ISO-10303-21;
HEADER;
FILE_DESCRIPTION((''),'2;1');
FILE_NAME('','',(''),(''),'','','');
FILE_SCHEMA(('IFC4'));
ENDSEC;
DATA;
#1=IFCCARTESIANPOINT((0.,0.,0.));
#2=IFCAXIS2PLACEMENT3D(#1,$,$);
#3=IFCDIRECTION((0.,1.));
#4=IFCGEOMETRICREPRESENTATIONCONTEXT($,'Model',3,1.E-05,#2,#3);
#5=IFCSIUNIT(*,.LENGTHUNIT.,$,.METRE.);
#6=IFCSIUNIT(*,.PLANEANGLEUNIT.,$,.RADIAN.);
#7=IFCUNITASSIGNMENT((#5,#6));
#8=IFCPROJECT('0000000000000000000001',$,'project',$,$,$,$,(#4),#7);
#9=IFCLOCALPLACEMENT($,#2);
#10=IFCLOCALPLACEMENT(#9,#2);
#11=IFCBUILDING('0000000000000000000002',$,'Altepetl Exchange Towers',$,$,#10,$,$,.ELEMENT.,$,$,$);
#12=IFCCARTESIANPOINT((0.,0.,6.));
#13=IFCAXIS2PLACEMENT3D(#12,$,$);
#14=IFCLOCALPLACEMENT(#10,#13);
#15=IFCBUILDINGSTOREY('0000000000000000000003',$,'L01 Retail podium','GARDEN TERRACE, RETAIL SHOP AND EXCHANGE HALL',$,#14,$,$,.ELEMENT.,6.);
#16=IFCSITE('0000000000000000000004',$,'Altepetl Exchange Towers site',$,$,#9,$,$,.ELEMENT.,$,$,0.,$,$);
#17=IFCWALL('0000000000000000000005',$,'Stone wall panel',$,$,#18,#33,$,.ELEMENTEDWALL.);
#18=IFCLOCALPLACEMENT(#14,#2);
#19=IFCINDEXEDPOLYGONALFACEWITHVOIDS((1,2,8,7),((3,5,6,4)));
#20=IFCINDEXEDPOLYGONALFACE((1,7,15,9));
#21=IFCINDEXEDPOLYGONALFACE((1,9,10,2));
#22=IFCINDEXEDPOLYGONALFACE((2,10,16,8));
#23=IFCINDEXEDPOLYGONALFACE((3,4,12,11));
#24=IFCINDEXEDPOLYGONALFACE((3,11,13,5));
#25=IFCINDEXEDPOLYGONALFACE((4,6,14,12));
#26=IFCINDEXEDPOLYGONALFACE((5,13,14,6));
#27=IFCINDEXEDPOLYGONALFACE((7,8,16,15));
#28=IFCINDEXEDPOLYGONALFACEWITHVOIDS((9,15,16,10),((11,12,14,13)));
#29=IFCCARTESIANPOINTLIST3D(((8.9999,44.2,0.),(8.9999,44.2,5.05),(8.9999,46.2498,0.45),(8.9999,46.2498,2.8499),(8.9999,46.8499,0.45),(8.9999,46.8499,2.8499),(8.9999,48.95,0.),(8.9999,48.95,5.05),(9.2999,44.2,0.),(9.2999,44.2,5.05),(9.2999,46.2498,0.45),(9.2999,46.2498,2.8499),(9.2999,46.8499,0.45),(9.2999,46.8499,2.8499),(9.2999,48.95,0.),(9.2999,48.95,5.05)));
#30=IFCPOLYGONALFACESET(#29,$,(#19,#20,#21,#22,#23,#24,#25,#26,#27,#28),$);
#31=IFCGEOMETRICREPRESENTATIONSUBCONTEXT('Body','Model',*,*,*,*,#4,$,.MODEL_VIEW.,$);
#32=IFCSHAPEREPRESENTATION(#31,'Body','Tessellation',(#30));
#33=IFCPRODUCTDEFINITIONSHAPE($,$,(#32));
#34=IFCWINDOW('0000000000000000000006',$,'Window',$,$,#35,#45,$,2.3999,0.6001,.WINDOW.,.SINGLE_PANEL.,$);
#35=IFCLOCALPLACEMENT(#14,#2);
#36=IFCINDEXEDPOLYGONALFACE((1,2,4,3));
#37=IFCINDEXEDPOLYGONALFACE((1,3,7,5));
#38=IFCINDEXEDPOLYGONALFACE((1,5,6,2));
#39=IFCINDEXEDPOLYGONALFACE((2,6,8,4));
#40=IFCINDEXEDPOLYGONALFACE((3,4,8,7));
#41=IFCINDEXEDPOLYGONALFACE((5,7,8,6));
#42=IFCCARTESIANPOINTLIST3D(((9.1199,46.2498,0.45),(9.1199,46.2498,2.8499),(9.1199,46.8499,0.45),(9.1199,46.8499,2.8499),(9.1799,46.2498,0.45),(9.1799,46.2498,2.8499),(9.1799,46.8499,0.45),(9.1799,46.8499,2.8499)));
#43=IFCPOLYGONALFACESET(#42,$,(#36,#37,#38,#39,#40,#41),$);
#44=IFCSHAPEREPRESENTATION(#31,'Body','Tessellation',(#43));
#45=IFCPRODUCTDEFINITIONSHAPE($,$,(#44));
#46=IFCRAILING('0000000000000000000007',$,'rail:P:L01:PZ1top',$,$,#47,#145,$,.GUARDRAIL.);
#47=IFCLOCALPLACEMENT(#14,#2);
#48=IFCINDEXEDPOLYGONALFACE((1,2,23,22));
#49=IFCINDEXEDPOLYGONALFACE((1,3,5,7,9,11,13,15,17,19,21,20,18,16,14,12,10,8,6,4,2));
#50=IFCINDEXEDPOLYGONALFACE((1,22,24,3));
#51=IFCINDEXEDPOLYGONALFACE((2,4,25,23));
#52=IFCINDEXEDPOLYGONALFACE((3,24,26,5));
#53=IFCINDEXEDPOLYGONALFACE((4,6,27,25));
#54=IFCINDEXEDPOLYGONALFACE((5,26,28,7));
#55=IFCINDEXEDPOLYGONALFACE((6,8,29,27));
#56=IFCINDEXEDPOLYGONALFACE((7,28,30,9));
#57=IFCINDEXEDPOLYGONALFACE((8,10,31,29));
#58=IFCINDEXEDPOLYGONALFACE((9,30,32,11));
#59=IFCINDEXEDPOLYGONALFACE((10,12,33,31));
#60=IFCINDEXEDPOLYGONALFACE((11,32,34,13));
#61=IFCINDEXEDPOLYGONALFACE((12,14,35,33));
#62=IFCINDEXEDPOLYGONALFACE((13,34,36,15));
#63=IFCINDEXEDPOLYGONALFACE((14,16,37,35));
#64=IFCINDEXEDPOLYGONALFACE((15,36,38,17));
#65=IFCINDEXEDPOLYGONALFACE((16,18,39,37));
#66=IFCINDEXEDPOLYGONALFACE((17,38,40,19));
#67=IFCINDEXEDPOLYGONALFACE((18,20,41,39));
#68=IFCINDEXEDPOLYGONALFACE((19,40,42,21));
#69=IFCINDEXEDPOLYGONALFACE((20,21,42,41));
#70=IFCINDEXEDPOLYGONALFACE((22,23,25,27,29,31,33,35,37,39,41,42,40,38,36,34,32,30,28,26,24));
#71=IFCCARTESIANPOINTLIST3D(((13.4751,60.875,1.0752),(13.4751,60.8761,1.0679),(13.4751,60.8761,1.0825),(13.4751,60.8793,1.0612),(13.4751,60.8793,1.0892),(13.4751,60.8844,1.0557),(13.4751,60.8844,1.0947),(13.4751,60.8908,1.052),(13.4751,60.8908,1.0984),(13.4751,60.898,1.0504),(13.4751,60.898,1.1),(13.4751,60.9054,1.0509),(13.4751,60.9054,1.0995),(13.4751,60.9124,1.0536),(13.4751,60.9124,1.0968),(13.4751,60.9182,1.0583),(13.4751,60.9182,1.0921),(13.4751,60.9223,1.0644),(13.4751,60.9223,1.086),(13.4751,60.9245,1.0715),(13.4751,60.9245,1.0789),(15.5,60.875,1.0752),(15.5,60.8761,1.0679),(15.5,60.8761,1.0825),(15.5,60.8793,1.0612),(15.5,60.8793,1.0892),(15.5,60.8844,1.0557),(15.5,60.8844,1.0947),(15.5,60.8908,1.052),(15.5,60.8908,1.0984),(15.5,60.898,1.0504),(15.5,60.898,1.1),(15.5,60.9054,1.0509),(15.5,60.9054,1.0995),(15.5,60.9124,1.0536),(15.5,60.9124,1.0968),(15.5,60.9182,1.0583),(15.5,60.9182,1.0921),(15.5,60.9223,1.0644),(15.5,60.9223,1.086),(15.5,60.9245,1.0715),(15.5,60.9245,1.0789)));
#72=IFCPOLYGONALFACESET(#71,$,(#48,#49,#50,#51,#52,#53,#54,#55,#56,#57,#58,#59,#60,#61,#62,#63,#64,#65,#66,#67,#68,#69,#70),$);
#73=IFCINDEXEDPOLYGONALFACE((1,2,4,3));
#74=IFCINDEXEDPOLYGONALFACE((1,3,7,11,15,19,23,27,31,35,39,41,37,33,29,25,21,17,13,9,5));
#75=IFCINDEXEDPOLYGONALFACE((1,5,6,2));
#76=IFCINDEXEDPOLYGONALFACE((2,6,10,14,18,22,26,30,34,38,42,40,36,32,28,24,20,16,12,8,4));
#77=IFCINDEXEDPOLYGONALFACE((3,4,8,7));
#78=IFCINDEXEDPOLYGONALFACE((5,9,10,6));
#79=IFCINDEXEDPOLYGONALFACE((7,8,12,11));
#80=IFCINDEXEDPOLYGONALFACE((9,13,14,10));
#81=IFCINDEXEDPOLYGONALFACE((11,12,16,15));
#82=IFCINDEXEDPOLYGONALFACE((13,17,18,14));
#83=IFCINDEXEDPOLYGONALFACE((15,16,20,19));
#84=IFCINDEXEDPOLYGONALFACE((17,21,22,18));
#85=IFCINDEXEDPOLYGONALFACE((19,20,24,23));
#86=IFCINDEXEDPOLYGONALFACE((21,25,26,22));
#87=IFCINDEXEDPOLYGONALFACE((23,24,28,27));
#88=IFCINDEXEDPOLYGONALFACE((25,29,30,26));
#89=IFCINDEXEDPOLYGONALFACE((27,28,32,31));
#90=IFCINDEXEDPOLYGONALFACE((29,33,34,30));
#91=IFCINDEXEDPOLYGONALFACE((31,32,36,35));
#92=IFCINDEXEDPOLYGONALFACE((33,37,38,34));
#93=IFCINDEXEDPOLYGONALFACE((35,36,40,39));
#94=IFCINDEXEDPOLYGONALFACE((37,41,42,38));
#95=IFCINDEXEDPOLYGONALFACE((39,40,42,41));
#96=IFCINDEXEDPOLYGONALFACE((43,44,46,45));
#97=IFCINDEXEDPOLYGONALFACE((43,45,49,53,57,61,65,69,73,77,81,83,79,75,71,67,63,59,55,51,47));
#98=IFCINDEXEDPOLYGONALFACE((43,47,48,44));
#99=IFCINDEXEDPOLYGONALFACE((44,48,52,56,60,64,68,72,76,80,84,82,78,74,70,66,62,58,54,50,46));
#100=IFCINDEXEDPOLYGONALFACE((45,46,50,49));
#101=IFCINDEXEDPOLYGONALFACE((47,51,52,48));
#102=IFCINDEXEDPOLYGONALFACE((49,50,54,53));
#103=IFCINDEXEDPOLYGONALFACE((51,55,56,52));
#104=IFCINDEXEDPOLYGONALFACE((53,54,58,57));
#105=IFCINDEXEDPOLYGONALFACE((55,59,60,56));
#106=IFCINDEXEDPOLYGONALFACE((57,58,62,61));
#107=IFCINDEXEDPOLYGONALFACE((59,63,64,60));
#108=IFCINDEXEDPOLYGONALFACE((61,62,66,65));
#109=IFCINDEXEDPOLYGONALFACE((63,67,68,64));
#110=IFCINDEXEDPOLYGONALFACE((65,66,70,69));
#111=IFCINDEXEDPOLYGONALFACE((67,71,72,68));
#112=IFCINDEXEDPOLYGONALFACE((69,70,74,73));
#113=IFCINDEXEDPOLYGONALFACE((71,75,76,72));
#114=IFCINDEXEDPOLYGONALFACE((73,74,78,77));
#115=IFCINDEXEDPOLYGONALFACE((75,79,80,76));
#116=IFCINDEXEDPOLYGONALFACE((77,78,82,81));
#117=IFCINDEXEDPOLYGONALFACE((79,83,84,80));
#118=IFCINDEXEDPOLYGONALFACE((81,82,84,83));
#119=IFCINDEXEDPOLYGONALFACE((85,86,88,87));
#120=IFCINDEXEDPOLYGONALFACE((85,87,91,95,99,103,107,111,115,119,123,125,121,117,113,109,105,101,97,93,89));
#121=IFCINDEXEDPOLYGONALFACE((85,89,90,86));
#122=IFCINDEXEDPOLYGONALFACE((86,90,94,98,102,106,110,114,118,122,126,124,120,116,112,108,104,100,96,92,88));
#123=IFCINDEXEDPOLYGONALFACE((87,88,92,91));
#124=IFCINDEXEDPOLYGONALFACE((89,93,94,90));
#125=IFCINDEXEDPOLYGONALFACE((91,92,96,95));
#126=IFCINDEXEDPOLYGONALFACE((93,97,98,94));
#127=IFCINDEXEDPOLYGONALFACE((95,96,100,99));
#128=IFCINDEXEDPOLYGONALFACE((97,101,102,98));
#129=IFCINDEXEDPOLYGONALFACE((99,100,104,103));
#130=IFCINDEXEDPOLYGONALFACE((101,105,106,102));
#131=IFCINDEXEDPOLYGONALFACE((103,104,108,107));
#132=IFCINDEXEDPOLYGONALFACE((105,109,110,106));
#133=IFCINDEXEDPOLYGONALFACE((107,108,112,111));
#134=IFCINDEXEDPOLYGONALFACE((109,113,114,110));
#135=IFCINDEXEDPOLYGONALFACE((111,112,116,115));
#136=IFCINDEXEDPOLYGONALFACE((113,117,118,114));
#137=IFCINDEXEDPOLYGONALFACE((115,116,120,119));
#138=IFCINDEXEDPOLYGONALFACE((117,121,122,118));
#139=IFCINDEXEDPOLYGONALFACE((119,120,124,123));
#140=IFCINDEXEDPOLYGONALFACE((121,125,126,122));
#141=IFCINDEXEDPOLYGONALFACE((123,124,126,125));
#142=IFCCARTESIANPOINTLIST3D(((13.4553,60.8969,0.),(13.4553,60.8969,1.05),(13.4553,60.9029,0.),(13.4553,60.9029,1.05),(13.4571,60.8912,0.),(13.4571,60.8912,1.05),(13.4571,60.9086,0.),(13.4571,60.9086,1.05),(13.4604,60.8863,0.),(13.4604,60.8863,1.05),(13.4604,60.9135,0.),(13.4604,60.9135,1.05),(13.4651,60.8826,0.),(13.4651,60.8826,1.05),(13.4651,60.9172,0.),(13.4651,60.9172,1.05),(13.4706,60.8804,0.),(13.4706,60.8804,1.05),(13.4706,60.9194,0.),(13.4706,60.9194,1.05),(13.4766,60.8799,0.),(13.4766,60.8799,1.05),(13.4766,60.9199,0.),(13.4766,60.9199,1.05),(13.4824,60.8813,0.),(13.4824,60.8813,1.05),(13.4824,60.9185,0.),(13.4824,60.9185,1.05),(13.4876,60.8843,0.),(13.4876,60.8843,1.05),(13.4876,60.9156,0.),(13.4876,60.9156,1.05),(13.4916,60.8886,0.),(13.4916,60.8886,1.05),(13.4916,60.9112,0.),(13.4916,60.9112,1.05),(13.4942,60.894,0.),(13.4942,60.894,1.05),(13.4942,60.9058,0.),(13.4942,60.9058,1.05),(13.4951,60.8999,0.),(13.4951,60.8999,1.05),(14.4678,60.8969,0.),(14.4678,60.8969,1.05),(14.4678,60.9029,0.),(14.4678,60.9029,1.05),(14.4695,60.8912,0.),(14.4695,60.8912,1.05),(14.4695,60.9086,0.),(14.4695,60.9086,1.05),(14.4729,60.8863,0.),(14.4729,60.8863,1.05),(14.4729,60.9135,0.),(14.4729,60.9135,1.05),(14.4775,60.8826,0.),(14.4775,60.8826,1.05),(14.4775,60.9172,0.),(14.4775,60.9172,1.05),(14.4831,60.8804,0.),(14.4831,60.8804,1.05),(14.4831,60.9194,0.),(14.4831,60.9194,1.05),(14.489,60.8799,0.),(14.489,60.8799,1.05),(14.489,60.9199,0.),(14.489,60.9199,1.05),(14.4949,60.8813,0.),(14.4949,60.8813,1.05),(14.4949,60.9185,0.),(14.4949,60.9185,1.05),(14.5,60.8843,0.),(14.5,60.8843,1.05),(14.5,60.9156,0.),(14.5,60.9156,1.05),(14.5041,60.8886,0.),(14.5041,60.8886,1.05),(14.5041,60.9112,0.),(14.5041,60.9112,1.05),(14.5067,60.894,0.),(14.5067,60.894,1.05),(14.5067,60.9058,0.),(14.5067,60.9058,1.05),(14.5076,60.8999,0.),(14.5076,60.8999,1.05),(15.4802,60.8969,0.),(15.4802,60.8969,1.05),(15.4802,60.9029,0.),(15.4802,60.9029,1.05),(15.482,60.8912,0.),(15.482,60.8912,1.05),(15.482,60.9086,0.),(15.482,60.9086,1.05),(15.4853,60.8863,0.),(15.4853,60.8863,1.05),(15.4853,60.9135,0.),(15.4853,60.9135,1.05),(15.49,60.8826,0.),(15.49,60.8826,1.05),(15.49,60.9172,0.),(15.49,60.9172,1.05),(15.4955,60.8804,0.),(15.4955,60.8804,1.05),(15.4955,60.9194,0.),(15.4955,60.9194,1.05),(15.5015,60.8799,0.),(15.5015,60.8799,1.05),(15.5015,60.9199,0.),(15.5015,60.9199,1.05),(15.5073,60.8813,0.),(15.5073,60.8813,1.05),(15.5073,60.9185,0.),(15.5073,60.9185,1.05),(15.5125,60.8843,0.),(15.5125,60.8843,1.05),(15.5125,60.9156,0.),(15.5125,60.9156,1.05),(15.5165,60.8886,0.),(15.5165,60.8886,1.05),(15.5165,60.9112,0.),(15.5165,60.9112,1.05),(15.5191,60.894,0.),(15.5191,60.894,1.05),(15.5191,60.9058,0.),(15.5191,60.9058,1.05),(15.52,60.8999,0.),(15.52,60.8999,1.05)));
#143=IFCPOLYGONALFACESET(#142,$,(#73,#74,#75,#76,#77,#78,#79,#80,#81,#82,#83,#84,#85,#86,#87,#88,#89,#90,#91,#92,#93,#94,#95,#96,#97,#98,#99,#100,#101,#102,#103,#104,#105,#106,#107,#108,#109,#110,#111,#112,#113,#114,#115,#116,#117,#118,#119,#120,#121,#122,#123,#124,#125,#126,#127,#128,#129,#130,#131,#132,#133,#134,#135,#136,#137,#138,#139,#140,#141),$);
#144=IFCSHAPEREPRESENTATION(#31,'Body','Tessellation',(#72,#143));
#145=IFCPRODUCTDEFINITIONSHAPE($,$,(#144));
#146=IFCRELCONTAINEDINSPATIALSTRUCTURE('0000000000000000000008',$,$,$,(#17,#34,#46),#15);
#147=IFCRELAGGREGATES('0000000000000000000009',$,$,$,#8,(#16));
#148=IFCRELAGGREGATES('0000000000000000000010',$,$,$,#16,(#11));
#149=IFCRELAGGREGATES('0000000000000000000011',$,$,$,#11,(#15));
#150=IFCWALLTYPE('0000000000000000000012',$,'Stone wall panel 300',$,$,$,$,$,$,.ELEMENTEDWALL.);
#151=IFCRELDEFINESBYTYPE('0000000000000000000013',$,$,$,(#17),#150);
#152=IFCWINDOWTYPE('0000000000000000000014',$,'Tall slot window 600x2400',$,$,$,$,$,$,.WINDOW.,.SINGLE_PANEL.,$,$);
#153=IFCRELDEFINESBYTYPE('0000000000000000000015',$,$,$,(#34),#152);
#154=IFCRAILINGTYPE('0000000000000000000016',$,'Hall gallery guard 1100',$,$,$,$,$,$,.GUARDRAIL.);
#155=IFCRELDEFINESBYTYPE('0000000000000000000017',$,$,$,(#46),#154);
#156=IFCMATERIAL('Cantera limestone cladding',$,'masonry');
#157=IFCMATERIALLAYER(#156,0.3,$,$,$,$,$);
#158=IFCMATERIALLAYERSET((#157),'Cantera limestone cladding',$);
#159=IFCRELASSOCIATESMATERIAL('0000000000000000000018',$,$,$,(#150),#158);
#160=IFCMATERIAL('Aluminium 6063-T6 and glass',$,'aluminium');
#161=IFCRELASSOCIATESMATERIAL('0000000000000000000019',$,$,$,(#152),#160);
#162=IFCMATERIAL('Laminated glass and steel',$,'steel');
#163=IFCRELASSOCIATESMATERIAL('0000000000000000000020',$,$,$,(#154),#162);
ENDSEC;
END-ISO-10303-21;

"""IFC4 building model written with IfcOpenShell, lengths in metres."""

from ifc_helpers import new_model, si_unit, direction, frame, frame_2d, origin, origin_2d, place, context, subcontext, project, spatial, rectangle, circle, extrude, source, transform, mapped, material, layer, layer_set, type_object, element, fill, save


model = new_model("IFC4")

# Units and contexts
model_context = context("Model", 3, precision=1e-05, world=origin(), true_north=direction((0.0, 1.0)))
body_context = subcontext(model_context, "Body", "Model", "MODEL_VIEW")
ifc_project = project(units=[si_unit("LENGTHUNIT", "METRE"), si_unit("PLANEANGLEUNIT", "RADIAN")], contexts=[model_context])

# Site, building, storey
site_placement = place(None, origin())
site = spatial("IfcSite", under=ifc_project, at=site_placement, Name="Altepetl Exchange Towers site", CompositionType="ELEMENT", RefElevation=0.0)
building_placement = place(site_placement, origin())
building = spatial("IfcBuilding", under=site, at=building_placement, Name="Altepetl Exchange Towers", CompositionType="ELEMENT")
storey_placement = place(building_placement, frame((0.0, 0.0, 6.0)))
storey = spatial("IfcBuildingStorey", under=building, at=storey_placement, Name="L01 Retail podium", Description="GARDEN TERRACE, RETAIL SHOP AND EXCHANGE HALL", CompositionType="ELEMENT", Elevation=6.0)

# Shared definitions
ifc_material_1 = material(Name="Aluminium 6063-T6 and glass", Category="aluminium")

# Wall, opening, window
ifc_material_2 = material(Name="Cantera limestone cladding", Category="masonry")
ifc_layer_1 = layer(ifc_material_2, 0.3)
ifc_layer_set_1 = layer_set([ifc_layer_1], Name="Cantera limestone cladding")
wall_type_1 = type_object("IfcWallType", Name="Stone wall panel 300", PredefinedType="ELEMENTEDWALL", material=ifc_layer_set_1)
window_type = type_object("IfcWindowType", Name="Tall slot window 600x2400", PartitioningType="SINGLE_PANEL", PredefinedType="WINDOW", material=ifc_material_1)
wall_1_placement = place(storey_placement, frame((9.1499, 48.95, 0.0), z_axis=(0.0, 0.0, 1.0), x_axis=(0.0, -1.0, 0.0)))
wall_1 = element("IfcWall", 1, at=wall_1_placement, inside=storey, type_object=wall_type_1, Name="Stone wall panel", PredefinedType="ELEMENTEDWALL", context=body_context, shape_type="SweptSolid", body=[
    extrude(rectangle(XDim=4.75, YDim=0.3, at=frame_2d((2.375, 0.0))), origin(), (0.0, 0.0, 1.0), 5.05),
])
opening_1_placement = place(wall_1_placement, frame((2.1001, 0.0, 0.45)))
opening_1 = element("IfcOpeningElement", 2, at=opening_1_placement, cuts=wall_1, PredefinedType="OPENING", context=body_context, shape_type="SweptSolid", body=[
    extrude(rectangle(XDim=0.6001, YDim=2.3999, at=frame_2d((0.3, 1.2))), frame((0.0, 0.1602, 0.0), z_axis=(0.0, -1.0, 0.0), x_axis=(1.0, 0.0, 0.0)), (0.0, 0.0, 1.0), 0.3201),
])
window_1_placement = place(opening_1_placement, origin())
window_1 = element("IfcWindow", 3, at=window_1_placement, inside=storey, type_object=window_type, Name="Window", OverallHeight=2.3999, OverallWidth=0.6001, PartitioningType="SINGLE_PANEL", PredefinedType="WINDOW", context=body_context, shape_type="SweptSolid", body=[
    extrude(rectangle(XDim=0.6001, YDim=2.3999, at=frame_2d((0.3, 1.2))), frame((0.0, 0.03, 0.0), z_axis=(0.0, -1.0, 0.0), x_axis=(1.0, 0.0, 0.0)), (0.0, 0.0, 1.0), 0.0601),
])
fill(opening_1, window_1)

# Railing
ifc_material_3 = material(Name="Laminated glass and steel", Category="steel")
railing_type = type_object("IfcRailingType", Name="Hall gallery guard 1100", PredefinedType="GUARDRAIL", material=ifc_material_3)
shared_shape = source(origin(), body_context, "Body", "SweptSolid", [
    extrude(circle(Radius=0.02, at=origin_2d()), origin(), (0.0, 0.0, 1.0), 1.05),
])
railing_placement = place(storey_placement, frame((15.5, 60.8999, 0.0)))
element("IfcRailing", 4, at=railing_placement, inside=storey, type_object=railing_type, Name="rail:P:L01:PZ1top", PredefinedType="GUARDRAIL", context=body_context, shape_type="SweptSolid", body=[
    extrude(circle(Radius=0.0249, at=origin_2d()), frame((0.0, 0.0, 1.0752), z_axis=(-1.0, 0.0, 0.0), x_axis=(0.0, -1.0, 0.0)), (0.0, 0.0, 1.0), 2.0249),
    mapped(shared_shape, transform((0.0, 0.0, 0.0))),
    mapped(shared_shape, transform((-1.0125, 0.0, 0.0))),
    mapped(shared_shape, transform((-2.0249, 0.0, 0.0))),
])

save(model, "model.ifc")
